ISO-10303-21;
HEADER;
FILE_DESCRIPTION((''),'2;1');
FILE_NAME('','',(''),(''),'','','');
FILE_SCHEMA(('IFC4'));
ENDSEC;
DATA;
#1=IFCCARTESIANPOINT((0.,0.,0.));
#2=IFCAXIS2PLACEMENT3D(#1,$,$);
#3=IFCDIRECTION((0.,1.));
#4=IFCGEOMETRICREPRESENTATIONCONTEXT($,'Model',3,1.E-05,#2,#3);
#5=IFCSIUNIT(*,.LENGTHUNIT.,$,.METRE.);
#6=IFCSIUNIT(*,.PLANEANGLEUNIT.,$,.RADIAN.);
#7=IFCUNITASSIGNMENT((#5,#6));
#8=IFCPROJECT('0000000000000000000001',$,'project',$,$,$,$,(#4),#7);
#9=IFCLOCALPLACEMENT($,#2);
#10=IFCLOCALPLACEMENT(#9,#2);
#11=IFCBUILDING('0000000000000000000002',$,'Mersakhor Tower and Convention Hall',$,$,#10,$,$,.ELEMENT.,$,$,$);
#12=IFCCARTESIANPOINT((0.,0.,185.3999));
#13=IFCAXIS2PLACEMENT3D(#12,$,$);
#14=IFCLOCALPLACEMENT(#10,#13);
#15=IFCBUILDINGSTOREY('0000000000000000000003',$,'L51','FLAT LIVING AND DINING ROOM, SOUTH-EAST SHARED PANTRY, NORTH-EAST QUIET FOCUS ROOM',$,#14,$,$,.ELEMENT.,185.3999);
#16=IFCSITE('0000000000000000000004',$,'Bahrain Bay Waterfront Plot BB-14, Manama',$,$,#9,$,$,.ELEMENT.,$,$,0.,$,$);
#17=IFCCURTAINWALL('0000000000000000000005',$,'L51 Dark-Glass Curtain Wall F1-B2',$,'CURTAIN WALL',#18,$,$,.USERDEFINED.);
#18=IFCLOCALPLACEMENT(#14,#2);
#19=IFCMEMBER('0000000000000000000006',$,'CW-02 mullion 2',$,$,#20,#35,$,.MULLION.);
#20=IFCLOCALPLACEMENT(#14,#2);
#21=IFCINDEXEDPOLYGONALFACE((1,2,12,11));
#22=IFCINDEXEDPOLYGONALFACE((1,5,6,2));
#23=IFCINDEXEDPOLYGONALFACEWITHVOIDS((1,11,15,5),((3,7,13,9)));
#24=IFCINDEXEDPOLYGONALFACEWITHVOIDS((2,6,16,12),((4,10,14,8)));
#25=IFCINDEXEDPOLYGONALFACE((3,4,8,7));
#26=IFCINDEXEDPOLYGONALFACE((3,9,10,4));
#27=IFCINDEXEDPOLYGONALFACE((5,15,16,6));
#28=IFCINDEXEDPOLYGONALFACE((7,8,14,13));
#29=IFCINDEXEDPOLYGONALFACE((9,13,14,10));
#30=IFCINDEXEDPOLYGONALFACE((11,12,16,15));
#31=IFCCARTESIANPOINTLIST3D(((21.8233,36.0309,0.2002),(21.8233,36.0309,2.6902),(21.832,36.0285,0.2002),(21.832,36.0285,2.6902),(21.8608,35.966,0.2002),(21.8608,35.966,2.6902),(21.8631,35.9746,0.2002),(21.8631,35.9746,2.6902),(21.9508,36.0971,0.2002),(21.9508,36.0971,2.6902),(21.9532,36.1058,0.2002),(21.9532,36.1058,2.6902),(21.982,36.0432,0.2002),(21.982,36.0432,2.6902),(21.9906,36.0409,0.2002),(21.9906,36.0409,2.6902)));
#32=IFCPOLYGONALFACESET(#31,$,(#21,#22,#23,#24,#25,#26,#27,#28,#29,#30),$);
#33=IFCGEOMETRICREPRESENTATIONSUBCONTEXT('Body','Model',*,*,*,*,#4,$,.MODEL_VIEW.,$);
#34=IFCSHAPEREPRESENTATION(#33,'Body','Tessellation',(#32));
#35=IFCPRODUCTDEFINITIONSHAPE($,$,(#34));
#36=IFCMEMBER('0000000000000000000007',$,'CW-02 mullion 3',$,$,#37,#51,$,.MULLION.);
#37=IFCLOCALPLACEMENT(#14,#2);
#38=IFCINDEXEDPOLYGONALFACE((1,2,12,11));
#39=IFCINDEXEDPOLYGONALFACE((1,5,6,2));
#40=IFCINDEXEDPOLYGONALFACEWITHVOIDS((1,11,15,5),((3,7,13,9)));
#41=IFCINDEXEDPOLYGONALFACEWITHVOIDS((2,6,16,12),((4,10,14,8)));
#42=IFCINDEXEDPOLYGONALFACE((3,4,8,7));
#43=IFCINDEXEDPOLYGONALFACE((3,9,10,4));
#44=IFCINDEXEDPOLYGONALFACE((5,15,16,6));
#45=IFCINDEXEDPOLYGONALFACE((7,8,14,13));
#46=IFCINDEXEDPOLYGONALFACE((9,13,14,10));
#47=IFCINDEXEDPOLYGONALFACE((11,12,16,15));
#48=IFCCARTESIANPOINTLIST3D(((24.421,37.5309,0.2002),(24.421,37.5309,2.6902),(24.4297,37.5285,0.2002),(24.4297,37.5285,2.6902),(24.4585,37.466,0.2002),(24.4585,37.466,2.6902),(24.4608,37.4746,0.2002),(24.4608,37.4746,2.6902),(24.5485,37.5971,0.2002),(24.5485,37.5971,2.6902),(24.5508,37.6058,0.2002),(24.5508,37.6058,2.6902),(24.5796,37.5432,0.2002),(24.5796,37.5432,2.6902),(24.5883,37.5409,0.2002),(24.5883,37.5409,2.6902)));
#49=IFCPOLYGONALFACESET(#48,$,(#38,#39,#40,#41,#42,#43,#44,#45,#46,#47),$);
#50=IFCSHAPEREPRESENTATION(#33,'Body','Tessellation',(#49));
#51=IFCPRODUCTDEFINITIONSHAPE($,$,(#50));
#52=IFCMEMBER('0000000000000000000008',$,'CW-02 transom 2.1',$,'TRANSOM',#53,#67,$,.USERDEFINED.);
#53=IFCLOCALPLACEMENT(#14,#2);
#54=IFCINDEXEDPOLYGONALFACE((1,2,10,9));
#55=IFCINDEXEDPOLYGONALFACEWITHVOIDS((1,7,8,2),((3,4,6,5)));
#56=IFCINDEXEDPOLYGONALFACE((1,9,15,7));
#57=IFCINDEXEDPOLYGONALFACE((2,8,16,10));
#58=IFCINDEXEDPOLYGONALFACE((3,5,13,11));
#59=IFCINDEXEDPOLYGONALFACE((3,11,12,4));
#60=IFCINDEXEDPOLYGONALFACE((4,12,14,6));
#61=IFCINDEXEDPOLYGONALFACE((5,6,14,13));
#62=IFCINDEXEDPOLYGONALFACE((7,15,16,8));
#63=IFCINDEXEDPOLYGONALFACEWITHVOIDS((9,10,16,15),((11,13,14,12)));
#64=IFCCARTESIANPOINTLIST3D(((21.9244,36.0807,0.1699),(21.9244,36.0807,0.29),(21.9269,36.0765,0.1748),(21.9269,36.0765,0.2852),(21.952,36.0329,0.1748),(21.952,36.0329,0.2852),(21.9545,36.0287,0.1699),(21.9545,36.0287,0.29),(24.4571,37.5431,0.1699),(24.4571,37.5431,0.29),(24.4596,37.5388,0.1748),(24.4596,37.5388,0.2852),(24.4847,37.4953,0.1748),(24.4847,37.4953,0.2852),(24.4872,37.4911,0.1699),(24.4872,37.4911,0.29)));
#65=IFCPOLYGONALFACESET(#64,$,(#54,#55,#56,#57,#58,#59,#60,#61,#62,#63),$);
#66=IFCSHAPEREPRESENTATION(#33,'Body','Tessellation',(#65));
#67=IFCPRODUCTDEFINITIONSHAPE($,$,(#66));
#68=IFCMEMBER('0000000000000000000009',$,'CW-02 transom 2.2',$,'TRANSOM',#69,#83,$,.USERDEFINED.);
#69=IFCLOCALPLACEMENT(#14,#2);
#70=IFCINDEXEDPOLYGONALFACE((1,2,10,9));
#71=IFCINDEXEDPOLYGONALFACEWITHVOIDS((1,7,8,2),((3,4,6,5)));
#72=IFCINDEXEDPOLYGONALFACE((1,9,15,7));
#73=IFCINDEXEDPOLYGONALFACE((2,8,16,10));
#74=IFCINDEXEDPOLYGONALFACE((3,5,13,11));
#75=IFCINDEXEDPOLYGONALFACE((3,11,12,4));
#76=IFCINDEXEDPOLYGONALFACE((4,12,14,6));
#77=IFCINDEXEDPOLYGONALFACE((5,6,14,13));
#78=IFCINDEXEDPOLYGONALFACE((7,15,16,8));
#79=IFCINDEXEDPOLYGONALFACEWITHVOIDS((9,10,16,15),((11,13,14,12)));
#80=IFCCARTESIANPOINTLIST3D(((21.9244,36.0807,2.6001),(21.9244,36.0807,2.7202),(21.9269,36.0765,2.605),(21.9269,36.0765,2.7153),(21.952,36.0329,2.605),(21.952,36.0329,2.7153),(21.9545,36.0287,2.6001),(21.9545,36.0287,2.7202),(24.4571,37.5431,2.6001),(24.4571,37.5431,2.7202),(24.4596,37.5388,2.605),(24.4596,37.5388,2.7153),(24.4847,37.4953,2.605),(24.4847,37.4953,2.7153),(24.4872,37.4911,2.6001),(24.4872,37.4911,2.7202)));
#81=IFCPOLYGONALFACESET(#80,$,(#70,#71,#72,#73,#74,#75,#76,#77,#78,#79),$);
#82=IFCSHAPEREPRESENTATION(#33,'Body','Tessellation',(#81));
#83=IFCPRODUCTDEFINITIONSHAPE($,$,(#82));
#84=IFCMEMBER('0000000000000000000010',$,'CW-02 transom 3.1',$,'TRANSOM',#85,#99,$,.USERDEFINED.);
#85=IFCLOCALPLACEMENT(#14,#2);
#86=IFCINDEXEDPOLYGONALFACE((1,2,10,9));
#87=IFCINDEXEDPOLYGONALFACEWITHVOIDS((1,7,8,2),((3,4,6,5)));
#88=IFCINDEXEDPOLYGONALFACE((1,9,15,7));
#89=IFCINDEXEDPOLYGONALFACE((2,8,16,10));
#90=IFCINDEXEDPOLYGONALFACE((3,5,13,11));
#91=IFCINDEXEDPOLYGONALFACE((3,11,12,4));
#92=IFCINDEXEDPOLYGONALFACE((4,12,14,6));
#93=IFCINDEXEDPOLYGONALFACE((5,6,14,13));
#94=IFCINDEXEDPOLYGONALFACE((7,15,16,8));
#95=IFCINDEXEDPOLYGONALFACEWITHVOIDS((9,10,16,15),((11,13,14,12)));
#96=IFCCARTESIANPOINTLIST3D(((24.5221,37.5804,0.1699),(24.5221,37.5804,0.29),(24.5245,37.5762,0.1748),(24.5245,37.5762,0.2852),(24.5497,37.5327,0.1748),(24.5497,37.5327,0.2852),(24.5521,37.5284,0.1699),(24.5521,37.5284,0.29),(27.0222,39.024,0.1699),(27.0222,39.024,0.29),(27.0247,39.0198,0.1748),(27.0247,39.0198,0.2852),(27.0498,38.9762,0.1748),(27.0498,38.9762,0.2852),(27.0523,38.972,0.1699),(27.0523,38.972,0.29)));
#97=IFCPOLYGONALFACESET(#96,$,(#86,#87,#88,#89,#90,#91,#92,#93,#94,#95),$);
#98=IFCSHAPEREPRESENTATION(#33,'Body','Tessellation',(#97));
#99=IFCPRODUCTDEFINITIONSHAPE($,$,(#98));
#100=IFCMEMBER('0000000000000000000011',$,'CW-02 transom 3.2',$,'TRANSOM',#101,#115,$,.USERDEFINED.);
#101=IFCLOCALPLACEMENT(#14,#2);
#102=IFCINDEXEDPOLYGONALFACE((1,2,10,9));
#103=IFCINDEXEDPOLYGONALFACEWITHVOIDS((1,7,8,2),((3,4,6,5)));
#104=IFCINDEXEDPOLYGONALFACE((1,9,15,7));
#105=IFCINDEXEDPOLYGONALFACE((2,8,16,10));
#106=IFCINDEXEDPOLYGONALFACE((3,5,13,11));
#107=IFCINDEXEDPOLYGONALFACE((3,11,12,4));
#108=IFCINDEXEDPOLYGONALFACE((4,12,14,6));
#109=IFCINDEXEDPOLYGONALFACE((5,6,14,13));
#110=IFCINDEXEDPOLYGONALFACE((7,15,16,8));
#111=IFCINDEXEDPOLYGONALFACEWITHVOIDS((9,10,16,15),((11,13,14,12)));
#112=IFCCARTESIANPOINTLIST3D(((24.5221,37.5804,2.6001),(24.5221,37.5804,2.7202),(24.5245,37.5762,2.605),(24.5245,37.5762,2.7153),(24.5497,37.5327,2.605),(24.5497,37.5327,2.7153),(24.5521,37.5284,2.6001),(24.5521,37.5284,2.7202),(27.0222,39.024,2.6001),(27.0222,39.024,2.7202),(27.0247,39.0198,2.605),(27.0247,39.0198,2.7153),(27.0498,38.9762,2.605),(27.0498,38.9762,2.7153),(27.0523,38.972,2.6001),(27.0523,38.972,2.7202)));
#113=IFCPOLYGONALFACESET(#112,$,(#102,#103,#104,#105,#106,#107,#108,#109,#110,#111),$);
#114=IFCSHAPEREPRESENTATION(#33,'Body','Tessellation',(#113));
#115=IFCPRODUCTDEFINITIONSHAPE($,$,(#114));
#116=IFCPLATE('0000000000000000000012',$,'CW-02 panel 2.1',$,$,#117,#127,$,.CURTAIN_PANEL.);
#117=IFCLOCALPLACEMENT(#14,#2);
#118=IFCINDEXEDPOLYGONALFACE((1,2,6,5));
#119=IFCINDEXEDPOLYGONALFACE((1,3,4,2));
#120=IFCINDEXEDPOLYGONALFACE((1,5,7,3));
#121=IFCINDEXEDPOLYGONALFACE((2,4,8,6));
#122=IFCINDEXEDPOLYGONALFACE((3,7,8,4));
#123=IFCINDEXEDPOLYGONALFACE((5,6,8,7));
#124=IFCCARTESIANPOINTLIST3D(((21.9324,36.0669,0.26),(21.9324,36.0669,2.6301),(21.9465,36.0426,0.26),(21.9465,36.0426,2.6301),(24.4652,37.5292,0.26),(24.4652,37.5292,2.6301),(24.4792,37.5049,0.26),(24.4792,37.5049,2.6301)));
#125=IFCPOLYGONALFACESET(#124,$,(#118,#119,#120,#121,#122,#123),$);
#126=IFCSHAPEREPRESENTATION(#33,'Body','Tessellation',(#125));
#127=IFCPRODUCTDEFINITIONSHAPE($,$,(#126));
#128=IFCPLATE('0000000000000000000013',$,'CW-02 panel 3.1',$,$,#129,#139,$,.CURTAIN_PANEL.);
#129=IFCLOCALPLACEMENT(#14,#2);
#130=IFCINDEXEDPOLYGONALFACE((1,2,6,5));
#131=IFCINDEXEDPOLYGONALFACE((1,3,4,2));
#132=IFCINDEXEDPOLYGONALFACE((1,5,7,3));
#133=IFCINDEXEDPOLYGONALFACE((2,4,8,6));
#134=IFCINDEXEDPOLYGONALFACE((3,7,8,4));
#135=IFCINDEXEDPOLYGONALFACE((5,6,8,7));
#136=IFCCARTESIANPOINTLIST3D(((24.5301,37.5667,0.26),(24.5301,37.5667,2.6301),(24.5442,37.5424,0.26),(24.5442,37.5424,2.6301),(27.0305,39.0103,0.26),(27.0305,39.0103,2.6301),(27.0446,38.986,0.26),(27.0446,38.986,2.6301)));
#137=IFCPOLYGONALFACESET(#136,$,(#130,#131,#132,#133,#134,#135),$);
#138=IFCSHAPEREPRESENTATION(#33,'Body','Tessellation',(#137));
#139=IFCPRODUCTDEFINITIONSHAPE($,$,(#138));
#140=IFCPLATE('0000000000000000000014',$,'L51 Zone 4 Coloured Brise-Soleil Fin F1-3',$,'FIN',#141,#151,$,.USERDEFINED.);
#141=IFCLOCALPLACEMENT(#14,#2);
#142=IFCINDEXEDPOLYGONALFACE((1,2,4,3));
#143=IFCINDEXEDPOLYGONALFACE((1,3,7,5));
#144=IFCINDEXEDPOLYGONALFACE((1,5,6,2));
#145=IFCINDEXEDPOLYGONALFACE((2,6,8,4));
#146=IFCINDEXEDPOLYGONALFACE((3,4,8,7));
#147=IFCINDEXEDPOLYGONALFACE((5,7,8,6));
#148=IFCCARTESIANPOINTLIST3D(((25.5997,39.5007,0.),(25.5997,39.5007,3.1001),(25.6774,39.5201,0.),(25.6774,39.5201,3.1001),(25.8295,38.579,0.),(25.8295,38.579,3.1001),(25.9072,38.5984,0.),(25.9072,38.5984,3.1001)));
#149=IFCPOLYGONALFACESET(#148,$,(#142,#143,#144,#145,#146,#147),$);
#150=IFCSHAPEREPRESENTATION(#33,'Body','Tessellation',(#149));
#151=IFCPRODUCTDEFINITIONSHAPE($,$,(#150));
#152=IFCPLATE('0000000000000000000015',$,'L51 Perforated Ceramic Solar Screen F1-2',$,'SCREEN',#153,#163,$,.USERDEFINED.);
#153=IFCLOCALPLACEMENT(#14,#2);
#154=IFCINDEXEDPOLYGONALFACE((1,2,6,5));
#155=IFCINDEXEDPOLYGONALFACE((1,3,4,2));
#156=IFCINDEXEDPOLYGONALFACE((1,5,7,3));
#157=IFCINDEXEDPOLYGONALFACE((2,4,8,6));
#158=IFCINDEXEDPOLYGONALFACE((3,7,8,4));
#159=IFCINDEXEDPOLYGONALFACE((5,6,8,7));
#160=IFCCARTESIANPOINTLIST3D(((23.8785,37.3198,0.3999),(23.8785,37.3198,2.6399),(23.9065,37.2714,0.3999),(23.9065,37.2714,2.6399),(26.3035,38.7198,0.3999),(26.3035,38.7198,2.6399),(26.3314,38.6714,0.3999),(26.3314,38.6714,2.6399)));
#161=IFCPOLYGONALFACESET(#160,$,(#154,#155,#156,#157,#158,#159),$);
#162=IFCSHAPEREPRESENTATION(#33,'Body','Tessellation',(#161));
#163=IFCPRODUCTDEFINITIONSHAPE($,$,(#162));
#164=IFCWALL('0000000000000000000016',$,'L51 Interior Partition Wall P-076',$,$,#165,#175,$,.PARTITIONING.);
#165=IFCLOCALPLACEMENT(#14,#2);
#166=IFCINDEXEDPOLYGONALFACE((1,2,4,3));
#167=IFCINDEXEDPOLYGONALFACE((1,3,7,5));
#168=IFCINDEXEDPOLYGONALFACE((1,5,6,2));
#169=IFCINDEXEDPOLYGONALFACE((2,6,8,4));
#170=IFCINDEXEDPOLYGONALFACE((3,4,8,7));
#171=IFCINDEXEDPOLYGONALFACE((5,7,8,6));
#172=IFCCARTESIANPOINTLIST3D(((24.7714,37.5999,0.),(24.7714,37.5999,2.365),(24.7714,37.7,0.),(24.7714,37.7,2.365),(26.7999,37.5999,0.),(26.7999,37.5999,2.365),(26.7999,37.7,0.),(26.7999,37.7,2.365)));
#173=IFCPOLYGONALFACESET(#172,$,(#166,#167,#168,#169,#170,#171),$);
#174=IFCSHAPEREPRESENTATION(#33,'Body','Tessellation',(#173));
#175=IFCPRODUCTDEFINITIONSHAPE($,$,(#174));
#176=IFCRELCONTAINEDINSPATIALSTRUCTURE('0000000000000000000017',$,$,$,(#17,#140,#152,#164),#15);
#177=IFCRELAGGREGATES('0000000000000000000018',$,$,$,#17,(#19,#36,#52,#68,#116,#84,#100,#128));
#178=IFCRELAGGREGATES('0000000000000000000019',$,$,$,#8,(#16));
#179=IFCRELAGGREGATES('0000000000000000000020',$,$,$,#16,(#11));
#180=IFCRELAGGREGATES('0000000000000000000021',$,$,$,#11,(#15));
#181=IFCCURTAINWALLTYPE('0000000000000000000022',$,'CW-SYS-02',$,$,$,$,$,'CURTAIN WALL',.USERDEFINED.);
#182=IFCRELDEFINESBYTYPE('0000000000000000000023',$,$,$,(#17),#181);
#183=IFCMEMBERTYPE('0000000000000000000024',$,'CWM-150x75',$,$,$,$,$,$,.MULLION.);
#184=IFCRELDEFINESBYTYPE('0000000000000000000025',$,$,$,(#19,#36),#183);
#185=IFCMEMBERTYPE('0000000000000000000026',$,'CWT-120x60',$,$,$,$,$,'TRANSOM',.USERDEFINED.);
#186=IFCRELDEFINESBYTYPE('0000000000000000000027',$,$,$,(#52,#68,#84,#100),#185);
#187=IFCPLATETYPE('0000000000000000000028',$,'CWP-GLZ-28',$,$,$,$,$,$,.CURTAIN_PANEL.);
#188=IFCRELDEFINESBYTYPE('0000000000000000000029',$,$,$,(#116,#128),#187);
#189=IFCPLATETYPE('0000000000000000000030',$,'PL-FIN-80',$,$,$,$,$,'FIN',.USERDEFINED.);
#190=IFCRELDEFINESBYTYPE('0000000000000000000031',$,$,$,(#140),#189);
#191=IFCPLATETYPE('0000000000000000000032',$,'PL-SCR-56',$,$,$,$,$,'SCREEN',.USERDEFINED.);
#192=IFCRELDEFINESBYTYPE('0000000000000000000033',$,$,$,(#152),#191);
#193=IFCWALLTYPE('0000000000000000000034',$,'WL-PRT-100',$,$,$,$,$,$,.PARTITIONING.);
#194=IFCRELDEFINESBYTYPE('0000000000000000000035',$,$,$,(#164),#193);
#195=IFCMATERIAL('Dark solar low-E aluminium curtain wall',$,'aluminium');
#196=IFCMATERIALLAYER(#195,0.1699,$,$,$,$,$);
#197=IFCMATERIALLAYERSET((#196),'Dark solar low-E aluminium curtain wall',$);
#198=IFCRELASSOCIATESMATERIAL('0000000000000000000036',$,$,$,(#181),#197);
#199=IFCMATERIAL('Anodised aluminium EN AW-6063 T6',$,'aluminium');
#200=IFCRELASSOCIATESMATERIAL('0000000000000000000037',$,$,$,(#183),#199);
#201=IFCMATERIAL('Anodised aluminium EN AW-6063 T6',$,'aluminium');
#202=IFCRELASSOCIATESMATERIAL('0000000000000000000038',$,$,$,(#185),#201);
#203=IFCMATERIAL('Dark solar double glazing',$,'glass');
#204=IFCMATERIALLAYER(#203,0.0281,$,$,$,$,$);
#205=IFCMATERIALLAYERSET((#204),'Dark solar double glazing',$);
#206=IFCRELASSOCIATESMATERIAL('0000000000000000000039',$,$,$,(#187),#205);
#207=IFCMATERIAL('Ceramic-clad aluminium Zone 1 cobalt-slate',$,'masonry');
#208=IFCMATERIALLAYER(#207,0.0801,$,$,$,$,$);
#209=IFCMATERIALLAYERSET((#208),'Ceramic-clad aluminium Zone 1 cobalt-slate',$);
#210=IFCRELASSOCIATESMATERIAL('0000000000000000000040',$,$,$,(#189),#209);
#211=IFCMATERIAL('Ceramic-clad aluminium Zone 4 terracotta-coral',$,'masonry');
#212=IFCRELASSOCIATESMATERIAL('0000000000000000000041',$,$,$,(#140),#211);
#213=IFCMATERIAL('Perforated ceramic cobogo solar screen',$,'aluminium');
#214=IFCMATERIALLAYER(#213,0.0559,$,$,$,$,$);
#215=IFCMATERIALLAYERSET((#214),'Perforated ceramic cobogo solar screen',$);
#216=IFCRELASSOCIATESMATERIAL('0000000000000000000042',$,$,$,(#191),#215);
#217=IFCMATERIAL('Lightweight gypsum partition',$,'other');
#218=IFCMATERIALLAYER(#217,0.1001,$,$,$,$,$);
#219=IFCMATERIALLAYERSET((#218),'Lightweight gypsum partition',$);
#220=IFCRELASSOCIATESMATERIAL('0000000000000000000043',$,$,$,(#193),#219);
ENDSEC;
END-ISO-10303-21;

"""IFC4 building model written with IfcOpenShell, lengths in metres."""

from ifc_helpers import new_model, si_unit, direction, frame, frame_2d, origin, origin_2d, place, context, subcontext, project, spatial, rectangle, hollow_rectangle, extrude, material, layer, layer_set, material_profile, profile_set, type_object, element, aggregate, save


model = new_model("IFC4")

# Units and contexts
model_context = context("Model", 3, precision=1e-05, world=origin(), true_north=direction((0.0, 1.0)))
body_context = subcontext(model_context, "Body", "Model", "MODEL_VIEW")
ifc_project = project(units=[si_unit("LENGTHUNIT", "METRE"), si_unit("PLANEANGLEUNIT", "RADIAN")], contexts=[model_context])

# Site, building, storey
site_placement = place(None, origin())
site = spatial("IfcSite", under=ifc_project, at=site_placement, Name="Bahrain Bay Waterfront Plot BB-14, Manama", CompositionType="ELEMENT", RefElevation=0.0)
building_placement = place(site_placement, origin())
building = spatial("IfcBuilding", under=site, at=building_placement, Name="Mersakhor Tower and Convention Hall", CompositionType="ELEMENT")
storey_placement = place(building_placement, frame((0.0, 0.0, 185.3999)))
storey = spatial("IfcBuildingStorey", under=building, at=storey_placement, Name="L51", Description="FLAT LIVING AND DINING ROOM, SOUTH-EAST SHARED PANTRY, NORTH-EAST QUIET FOCUS ROOM", CompositionType="ELEMENT", Elevation=185.3999)

# Curtain wall, members, plates
ifc_material_1 = material(Name="Dark solar low-E aluminium curtain wall", Category="aluminium")
ifc_layer_1 = layer(ifc_material_1, 0.1699)
ifc_layer_set_1 = layer_set([ifc_layer_1], Name="Dark solar low-E aluminium curtain wall")
curtain_wall_type = type_object("IfcCurtainWallType", Name="CW-SYS-02", ElementType="CURTAIN WALL", PredefinedType="USERDEFINED", material=ifc_layer_set_1)
curtain_wall_placement = place(storey_placement, origin())
curtain_wall = element("IfcCurtainWall", 1, at=curtain_wall_placement, inside=storey, type_object=curtain_wall_type, Name="L51 Dark-Glass Curtain Wall F1-B2", ObjectType="CURTAIN WALL", PredefinedType="USERDEFINED")
ifc_material_2 = material(Name="Anodised aluminium EN AW-6063 T6", Category="aluminium")
ifc_material_profile_1 = material_profile(ifc_material_2, hollow_rectangle(XDim=0.075, YDim=0.1499, WallThickness=0.0063, at=origin_2d()), Name="RHS 150x75x6.3")
ifc_profile_set_1 = profile_set([ifc_material_profile_1], Name="Anodised aluminium EN AW-6063 T6")
member_type_1 = type_object("IfcMemberType", Name="CWM-150x75", PredefinedType="MULLION", material=ifc_profile_set_1)
member_1_placement = place(storey_placement, frame((21.907, 36.0359, 0.2002), z_axis=(0.0, 0.0, 1.0), x_axis=(-0.500008, 0.866021, 0.0)))
member_1 = element("IfcMember", 2, at=member_1_placement, type_object=member_type_1, Name="CW-02 mullion 2", PredefinedType="MULLION", context=body_context, shape_type="SweptSolid", body=[
    extrude(hollow_rectangle(XDim=0.075, YDim=0.1499, WallThickness=0.0063, at=origin_2d()), origin(), (0.0, 0.0, 1.0), 2.49),
])
member_2_placement = place(storey_placement, frame((24.5046, 37.5359, 0.2002), z_axis=(0.0, 0.0, 1.0), x_axis=(-0.500008, 0.866021, 0.0)))
member_2 = element("IfcMember", 3, at=member_2_placement, type_object=member_type_1, Name="CW-02 mullion 3", PredefinedType="MULLION", context=body_context, shape_type="SweptSolid", body=[
    extrude(hollow_rectangle(XDim=0.075, YDim=0.1499, WallThickness=0.0063, at=origin_2d()), origin(), (0.0, 0.0, 1.0), 2.49),
])
ifc_material_3 = material(Name="Anodised aluminium EN AW-6063 T6", Category="aluminium")
ifc_material_profile_2 = material_profile(ifc_material_3, hollow_rectangle(XDim=0.0601, YDim=0.1201, WallThickness=0.0049, at=origin_2d()), Name="RHS 120x60x5")
ifc_profile_set_2 = profile_set([ifc_material_profile_2], Name="Anodised aluminium EN AW-6063 T6")
member_type_2 = type_object("IfcMemberType", Name="CWT-120x60", ElementType="TRANSOM", PredefinedType="USERDEFINED", material=ifc_profile_set_2)
member_3_placement = place(storey_placement, frame((21.9395, 36.0547, 0.23), z_axis=(0.866005, 0.500036, 0.0), x_axis=(-0.500036, 0.866005, 0.0)))
member_3 = element("IfcMember", 4, at=member_3_placement, type_object=member_type_2, Name="CW-02 transom 2.1", ObjectType="TRANSOM", PredefinedType="USERDEFINED", context=body_context, shape_type="SweptSolid", body=[
    extrude(hollow_rectangle(XDim=0.0601, YDim=0.1201, WallThickness=0.0049, at=origin_2d()), origin(), (0.0, 0.0, 1.0), 2.9246),
])
member_4_placement = place(storey_placement, frame((21.9395, 36.0547, 2.6602), z_axis=(0.866005, 0.500036, 0.0), x_axis=(-0.500036, 0.866005, 0.0)))
member_4 = element("IfcMember", 5, at=member_4_placement, type_object=member_type_2, Name="CW-02 transom 2.2", ObjectType="TRANSOM", PredefinedType="USERDEFINED", context=body_context, shape_type="SweptSolid", body=[
    extrude(hollow_rectangle(XDim=0.0601, YDim=0.1201, WallThickness=0.0049, at=origin_2d()), origin(), (0.0, 0.0, 1.0), 2.9246),
])
member_5_placement = place(storey_placement, frame((24.5371, 37.5544, 0.23), z_axis=(0.866012, 0.500023, 0.0), x_axis=(-0.500023, 0.866012, 0.0)))
member_5 = element("IfcMember", 6, at=member_5_placement, type_object=member_type_2, Name="CW-02 transom 3.1", ObjectType="TRANSOM", PredefinedType="USERDEFINED", context=body_context, shape_type="SweptSolid", body=[
    extrude(hollow_rectangle(XDim=0.0601, YDim=0.1201, WallThickness=0.0049, at=origin_2d()), origin(), (0.0, 0.0, 1.0), 2.887),
])
member_6_placement = place(storey_placement, frame((24.5371, 37.5544, 2.6602), z_axis=(0.866012, 0.500023, 0.0), x_axis=(-0.500023, 0.866012, 0.0)))
member_6 = element("IfcMember", 7, at=member_6_placement, type_object=member_type_2, Name="CW-02 transom 3.2", ObjectType="TRANSOM", PredefinedType="USERDEFINED", context=body_context, shape_type="SweptSolid", body=[
    extrude(hollow_rectangle(XDim=0.0601, YDim=0.1201, WallThickness=0.0049, at=origin_2d()), origin(), (0.0, 0.0, 1.0), 2.887),
])
ifc_material_4 = material(Name="Dark solar double glazing", Category="glass")
ifc_layer_2 = layer(ifc_material_4, 0.0281)
ifc_layer_set_2 = layer_set([ifc_layer_2], Name="Dark solar double glazing")
plate_type_1 = type_object("IfcPlateType", Name="CWP-GLZ-28", PredefinedType="CURTAIN_PANEL", material=ifc_layer_set_2)
plate_1_placement = place(storey_placement, frame((23.2058, 36.7859, 0.26), z_axis=(0.0, 0.0, 1.0), x_axis=(0.866021, 0.500008, 0.0)))
plate_1 = element("IfcPlate", 8, at=plate_1_placement, type_object=plate_type_1, Name="CW-02 panel 2.1", PredefinedType="CURTAIN_PANEL", context=body_context, shape_type="SweptSolid", body=[
    extrude(rectangle(XDim=2.9246, YDim=0.0281, at=origin_2d()), origin(), (0.0, 0.0, 1.0), 2.3701),
])
plate_2_placement = place(storey_placement, frame((25.7874, 38.2764, 0.26), z_axis=(0.0, 0.0, 1.0), x_axis=(0.866021, 0.500008, 0.0)))
plate_2 = element("IfcPlate", 9, at=plate_2_placement, type_object=plate_type_1, Name="CW-02 panel 3.1", PredefinedType="CURTAIN_PANEL", context=body_context, shape_type="SweptSolid", body=[
    extrude(rectangle(XDim=2.8872, YDim=0.0281, at=origin_2d()), origin(), (0.0, 0.0, 1.0), 2.3701),
])
aggregate(curtain_wall, [member_1, member_2, member_3, member_4, plate_1, member_5, member_6, plate_2])

# Plates
ifc_material_5 = material(Name="Ceramic-clad aluminium Zone 4 terracotta-coral", Category="masonry")
ifc_material_6 = material(Name="Ceramic-clad aluminium Zone 1 cobalt-slate", Category="masonry")
ifc_layer_3 = layer(ifc_material_6, 0.0801)
ifc_layer_set_3 = layer_set([ifc_layer_3], Name="Ceramic-clad aluminium Zone 1 cobalt-slate")
plate_type_2 = type_object("IfcPlateType", Name="PL-FIN-80", ElementType="FIN", PredefinedType="USERDEFINED", material=ifc_layer_set_3)
plate_3_placement = place(storey_placement, frame((25.7534, 39.0496, 0.0), z_axis=(0.0, 0.0, 1.0), x_axis=(-0.241922, 0.970296, 0.0)))
element("IfcPlate", 10, at=plate_3_placement, inside=storey, type_object=plate_type_2, material=ifc_material_5, Name="L51 Zone 4 Coloured Brise-Soleil Fin F1-3", ObjectType="FIN", PredefinedType="USERDEFINED", context=body_context, shape_type="SweptSolid", body=[
    extrude(rectangle(XDim=0.95, YDim=0.0801, at=origin_2d()), origin(), (0.0, 0.0, 1.0), 3.1001),
])
ifc_material_7 = material(Name="Perforated ceramic cobogo solar screen", Category="aluminium")
ifc_layer_4 = layer(ifc_material_7, 0.0559)
ifc_layer_set_4 = layer_set([ifc_layer_4], Name="Perforated ceramic cobogo solar screen")
plate_type_3 = type_object("IfcPlateType", Name="PL-SCR-56", ElementType="SCREEN", PredefinedType="USERDEFINED", material=ifc_layer_set_4)
plate_4_placement = place(storey_placement, frame((25.105, 37.9956, 0.3999), z_axis=(0.0, 0.0, 1.0), x_axis=(0.866025, 0.5, 0.0)))
element("IfcPlate", 11, at=plate_4_placement, inside=storey, type_object=plate_type_3, Name="L51 Perforated Ceramic Solar Screen F1-2", ObjectType="SCREEN", PredefinedType="USERDEFINED", context=body_context, shape_type="SweptSolid", body=[
    extrude(rectangle(XDim=2.8, YDim=0.0559, at=origin_2d()), origin(), (0.0, 0.0, 1.0), 2.24),
])

# Wall
ifc_material_8 = material(Name="Lightweight gypsum partition", Category="other")
ifc_layer_5 = layer(ifc_material_8, 0.1001)
ifc_layer_set_5 = layer_set([ifc_layer_5], Name="Lightweight gypsum partition")
wall_type_1 = type_object("IfcWallType", Name="WL-PRT-100", PredefinedType="PARTITIONING", material=ifc_layer_set_5)
wall_1_placement = place(storey_placement, frame((24.7715, 37.6499, 0.0), z_axis=(0.0, 0.0, 1.0), x_axis=(1.0, 0.0, 0.0)))
element("IfcWall", 12, at=wall_1_placement, inside=storey, type_object=wall_type_1, Name="L51 Interior Partition Wall P-076", PredefinedType="PARTITIONING", context=body_context, shape_type="SweptSolid", body=[
    extrude(rectangle(XDim=2.0286, YDim=0.1001, at=frame_2d((1.0142, 0.0))), origin(), (0.0, 0.0, 1.0), 2.365),
])

save(model, "model.ifc")
